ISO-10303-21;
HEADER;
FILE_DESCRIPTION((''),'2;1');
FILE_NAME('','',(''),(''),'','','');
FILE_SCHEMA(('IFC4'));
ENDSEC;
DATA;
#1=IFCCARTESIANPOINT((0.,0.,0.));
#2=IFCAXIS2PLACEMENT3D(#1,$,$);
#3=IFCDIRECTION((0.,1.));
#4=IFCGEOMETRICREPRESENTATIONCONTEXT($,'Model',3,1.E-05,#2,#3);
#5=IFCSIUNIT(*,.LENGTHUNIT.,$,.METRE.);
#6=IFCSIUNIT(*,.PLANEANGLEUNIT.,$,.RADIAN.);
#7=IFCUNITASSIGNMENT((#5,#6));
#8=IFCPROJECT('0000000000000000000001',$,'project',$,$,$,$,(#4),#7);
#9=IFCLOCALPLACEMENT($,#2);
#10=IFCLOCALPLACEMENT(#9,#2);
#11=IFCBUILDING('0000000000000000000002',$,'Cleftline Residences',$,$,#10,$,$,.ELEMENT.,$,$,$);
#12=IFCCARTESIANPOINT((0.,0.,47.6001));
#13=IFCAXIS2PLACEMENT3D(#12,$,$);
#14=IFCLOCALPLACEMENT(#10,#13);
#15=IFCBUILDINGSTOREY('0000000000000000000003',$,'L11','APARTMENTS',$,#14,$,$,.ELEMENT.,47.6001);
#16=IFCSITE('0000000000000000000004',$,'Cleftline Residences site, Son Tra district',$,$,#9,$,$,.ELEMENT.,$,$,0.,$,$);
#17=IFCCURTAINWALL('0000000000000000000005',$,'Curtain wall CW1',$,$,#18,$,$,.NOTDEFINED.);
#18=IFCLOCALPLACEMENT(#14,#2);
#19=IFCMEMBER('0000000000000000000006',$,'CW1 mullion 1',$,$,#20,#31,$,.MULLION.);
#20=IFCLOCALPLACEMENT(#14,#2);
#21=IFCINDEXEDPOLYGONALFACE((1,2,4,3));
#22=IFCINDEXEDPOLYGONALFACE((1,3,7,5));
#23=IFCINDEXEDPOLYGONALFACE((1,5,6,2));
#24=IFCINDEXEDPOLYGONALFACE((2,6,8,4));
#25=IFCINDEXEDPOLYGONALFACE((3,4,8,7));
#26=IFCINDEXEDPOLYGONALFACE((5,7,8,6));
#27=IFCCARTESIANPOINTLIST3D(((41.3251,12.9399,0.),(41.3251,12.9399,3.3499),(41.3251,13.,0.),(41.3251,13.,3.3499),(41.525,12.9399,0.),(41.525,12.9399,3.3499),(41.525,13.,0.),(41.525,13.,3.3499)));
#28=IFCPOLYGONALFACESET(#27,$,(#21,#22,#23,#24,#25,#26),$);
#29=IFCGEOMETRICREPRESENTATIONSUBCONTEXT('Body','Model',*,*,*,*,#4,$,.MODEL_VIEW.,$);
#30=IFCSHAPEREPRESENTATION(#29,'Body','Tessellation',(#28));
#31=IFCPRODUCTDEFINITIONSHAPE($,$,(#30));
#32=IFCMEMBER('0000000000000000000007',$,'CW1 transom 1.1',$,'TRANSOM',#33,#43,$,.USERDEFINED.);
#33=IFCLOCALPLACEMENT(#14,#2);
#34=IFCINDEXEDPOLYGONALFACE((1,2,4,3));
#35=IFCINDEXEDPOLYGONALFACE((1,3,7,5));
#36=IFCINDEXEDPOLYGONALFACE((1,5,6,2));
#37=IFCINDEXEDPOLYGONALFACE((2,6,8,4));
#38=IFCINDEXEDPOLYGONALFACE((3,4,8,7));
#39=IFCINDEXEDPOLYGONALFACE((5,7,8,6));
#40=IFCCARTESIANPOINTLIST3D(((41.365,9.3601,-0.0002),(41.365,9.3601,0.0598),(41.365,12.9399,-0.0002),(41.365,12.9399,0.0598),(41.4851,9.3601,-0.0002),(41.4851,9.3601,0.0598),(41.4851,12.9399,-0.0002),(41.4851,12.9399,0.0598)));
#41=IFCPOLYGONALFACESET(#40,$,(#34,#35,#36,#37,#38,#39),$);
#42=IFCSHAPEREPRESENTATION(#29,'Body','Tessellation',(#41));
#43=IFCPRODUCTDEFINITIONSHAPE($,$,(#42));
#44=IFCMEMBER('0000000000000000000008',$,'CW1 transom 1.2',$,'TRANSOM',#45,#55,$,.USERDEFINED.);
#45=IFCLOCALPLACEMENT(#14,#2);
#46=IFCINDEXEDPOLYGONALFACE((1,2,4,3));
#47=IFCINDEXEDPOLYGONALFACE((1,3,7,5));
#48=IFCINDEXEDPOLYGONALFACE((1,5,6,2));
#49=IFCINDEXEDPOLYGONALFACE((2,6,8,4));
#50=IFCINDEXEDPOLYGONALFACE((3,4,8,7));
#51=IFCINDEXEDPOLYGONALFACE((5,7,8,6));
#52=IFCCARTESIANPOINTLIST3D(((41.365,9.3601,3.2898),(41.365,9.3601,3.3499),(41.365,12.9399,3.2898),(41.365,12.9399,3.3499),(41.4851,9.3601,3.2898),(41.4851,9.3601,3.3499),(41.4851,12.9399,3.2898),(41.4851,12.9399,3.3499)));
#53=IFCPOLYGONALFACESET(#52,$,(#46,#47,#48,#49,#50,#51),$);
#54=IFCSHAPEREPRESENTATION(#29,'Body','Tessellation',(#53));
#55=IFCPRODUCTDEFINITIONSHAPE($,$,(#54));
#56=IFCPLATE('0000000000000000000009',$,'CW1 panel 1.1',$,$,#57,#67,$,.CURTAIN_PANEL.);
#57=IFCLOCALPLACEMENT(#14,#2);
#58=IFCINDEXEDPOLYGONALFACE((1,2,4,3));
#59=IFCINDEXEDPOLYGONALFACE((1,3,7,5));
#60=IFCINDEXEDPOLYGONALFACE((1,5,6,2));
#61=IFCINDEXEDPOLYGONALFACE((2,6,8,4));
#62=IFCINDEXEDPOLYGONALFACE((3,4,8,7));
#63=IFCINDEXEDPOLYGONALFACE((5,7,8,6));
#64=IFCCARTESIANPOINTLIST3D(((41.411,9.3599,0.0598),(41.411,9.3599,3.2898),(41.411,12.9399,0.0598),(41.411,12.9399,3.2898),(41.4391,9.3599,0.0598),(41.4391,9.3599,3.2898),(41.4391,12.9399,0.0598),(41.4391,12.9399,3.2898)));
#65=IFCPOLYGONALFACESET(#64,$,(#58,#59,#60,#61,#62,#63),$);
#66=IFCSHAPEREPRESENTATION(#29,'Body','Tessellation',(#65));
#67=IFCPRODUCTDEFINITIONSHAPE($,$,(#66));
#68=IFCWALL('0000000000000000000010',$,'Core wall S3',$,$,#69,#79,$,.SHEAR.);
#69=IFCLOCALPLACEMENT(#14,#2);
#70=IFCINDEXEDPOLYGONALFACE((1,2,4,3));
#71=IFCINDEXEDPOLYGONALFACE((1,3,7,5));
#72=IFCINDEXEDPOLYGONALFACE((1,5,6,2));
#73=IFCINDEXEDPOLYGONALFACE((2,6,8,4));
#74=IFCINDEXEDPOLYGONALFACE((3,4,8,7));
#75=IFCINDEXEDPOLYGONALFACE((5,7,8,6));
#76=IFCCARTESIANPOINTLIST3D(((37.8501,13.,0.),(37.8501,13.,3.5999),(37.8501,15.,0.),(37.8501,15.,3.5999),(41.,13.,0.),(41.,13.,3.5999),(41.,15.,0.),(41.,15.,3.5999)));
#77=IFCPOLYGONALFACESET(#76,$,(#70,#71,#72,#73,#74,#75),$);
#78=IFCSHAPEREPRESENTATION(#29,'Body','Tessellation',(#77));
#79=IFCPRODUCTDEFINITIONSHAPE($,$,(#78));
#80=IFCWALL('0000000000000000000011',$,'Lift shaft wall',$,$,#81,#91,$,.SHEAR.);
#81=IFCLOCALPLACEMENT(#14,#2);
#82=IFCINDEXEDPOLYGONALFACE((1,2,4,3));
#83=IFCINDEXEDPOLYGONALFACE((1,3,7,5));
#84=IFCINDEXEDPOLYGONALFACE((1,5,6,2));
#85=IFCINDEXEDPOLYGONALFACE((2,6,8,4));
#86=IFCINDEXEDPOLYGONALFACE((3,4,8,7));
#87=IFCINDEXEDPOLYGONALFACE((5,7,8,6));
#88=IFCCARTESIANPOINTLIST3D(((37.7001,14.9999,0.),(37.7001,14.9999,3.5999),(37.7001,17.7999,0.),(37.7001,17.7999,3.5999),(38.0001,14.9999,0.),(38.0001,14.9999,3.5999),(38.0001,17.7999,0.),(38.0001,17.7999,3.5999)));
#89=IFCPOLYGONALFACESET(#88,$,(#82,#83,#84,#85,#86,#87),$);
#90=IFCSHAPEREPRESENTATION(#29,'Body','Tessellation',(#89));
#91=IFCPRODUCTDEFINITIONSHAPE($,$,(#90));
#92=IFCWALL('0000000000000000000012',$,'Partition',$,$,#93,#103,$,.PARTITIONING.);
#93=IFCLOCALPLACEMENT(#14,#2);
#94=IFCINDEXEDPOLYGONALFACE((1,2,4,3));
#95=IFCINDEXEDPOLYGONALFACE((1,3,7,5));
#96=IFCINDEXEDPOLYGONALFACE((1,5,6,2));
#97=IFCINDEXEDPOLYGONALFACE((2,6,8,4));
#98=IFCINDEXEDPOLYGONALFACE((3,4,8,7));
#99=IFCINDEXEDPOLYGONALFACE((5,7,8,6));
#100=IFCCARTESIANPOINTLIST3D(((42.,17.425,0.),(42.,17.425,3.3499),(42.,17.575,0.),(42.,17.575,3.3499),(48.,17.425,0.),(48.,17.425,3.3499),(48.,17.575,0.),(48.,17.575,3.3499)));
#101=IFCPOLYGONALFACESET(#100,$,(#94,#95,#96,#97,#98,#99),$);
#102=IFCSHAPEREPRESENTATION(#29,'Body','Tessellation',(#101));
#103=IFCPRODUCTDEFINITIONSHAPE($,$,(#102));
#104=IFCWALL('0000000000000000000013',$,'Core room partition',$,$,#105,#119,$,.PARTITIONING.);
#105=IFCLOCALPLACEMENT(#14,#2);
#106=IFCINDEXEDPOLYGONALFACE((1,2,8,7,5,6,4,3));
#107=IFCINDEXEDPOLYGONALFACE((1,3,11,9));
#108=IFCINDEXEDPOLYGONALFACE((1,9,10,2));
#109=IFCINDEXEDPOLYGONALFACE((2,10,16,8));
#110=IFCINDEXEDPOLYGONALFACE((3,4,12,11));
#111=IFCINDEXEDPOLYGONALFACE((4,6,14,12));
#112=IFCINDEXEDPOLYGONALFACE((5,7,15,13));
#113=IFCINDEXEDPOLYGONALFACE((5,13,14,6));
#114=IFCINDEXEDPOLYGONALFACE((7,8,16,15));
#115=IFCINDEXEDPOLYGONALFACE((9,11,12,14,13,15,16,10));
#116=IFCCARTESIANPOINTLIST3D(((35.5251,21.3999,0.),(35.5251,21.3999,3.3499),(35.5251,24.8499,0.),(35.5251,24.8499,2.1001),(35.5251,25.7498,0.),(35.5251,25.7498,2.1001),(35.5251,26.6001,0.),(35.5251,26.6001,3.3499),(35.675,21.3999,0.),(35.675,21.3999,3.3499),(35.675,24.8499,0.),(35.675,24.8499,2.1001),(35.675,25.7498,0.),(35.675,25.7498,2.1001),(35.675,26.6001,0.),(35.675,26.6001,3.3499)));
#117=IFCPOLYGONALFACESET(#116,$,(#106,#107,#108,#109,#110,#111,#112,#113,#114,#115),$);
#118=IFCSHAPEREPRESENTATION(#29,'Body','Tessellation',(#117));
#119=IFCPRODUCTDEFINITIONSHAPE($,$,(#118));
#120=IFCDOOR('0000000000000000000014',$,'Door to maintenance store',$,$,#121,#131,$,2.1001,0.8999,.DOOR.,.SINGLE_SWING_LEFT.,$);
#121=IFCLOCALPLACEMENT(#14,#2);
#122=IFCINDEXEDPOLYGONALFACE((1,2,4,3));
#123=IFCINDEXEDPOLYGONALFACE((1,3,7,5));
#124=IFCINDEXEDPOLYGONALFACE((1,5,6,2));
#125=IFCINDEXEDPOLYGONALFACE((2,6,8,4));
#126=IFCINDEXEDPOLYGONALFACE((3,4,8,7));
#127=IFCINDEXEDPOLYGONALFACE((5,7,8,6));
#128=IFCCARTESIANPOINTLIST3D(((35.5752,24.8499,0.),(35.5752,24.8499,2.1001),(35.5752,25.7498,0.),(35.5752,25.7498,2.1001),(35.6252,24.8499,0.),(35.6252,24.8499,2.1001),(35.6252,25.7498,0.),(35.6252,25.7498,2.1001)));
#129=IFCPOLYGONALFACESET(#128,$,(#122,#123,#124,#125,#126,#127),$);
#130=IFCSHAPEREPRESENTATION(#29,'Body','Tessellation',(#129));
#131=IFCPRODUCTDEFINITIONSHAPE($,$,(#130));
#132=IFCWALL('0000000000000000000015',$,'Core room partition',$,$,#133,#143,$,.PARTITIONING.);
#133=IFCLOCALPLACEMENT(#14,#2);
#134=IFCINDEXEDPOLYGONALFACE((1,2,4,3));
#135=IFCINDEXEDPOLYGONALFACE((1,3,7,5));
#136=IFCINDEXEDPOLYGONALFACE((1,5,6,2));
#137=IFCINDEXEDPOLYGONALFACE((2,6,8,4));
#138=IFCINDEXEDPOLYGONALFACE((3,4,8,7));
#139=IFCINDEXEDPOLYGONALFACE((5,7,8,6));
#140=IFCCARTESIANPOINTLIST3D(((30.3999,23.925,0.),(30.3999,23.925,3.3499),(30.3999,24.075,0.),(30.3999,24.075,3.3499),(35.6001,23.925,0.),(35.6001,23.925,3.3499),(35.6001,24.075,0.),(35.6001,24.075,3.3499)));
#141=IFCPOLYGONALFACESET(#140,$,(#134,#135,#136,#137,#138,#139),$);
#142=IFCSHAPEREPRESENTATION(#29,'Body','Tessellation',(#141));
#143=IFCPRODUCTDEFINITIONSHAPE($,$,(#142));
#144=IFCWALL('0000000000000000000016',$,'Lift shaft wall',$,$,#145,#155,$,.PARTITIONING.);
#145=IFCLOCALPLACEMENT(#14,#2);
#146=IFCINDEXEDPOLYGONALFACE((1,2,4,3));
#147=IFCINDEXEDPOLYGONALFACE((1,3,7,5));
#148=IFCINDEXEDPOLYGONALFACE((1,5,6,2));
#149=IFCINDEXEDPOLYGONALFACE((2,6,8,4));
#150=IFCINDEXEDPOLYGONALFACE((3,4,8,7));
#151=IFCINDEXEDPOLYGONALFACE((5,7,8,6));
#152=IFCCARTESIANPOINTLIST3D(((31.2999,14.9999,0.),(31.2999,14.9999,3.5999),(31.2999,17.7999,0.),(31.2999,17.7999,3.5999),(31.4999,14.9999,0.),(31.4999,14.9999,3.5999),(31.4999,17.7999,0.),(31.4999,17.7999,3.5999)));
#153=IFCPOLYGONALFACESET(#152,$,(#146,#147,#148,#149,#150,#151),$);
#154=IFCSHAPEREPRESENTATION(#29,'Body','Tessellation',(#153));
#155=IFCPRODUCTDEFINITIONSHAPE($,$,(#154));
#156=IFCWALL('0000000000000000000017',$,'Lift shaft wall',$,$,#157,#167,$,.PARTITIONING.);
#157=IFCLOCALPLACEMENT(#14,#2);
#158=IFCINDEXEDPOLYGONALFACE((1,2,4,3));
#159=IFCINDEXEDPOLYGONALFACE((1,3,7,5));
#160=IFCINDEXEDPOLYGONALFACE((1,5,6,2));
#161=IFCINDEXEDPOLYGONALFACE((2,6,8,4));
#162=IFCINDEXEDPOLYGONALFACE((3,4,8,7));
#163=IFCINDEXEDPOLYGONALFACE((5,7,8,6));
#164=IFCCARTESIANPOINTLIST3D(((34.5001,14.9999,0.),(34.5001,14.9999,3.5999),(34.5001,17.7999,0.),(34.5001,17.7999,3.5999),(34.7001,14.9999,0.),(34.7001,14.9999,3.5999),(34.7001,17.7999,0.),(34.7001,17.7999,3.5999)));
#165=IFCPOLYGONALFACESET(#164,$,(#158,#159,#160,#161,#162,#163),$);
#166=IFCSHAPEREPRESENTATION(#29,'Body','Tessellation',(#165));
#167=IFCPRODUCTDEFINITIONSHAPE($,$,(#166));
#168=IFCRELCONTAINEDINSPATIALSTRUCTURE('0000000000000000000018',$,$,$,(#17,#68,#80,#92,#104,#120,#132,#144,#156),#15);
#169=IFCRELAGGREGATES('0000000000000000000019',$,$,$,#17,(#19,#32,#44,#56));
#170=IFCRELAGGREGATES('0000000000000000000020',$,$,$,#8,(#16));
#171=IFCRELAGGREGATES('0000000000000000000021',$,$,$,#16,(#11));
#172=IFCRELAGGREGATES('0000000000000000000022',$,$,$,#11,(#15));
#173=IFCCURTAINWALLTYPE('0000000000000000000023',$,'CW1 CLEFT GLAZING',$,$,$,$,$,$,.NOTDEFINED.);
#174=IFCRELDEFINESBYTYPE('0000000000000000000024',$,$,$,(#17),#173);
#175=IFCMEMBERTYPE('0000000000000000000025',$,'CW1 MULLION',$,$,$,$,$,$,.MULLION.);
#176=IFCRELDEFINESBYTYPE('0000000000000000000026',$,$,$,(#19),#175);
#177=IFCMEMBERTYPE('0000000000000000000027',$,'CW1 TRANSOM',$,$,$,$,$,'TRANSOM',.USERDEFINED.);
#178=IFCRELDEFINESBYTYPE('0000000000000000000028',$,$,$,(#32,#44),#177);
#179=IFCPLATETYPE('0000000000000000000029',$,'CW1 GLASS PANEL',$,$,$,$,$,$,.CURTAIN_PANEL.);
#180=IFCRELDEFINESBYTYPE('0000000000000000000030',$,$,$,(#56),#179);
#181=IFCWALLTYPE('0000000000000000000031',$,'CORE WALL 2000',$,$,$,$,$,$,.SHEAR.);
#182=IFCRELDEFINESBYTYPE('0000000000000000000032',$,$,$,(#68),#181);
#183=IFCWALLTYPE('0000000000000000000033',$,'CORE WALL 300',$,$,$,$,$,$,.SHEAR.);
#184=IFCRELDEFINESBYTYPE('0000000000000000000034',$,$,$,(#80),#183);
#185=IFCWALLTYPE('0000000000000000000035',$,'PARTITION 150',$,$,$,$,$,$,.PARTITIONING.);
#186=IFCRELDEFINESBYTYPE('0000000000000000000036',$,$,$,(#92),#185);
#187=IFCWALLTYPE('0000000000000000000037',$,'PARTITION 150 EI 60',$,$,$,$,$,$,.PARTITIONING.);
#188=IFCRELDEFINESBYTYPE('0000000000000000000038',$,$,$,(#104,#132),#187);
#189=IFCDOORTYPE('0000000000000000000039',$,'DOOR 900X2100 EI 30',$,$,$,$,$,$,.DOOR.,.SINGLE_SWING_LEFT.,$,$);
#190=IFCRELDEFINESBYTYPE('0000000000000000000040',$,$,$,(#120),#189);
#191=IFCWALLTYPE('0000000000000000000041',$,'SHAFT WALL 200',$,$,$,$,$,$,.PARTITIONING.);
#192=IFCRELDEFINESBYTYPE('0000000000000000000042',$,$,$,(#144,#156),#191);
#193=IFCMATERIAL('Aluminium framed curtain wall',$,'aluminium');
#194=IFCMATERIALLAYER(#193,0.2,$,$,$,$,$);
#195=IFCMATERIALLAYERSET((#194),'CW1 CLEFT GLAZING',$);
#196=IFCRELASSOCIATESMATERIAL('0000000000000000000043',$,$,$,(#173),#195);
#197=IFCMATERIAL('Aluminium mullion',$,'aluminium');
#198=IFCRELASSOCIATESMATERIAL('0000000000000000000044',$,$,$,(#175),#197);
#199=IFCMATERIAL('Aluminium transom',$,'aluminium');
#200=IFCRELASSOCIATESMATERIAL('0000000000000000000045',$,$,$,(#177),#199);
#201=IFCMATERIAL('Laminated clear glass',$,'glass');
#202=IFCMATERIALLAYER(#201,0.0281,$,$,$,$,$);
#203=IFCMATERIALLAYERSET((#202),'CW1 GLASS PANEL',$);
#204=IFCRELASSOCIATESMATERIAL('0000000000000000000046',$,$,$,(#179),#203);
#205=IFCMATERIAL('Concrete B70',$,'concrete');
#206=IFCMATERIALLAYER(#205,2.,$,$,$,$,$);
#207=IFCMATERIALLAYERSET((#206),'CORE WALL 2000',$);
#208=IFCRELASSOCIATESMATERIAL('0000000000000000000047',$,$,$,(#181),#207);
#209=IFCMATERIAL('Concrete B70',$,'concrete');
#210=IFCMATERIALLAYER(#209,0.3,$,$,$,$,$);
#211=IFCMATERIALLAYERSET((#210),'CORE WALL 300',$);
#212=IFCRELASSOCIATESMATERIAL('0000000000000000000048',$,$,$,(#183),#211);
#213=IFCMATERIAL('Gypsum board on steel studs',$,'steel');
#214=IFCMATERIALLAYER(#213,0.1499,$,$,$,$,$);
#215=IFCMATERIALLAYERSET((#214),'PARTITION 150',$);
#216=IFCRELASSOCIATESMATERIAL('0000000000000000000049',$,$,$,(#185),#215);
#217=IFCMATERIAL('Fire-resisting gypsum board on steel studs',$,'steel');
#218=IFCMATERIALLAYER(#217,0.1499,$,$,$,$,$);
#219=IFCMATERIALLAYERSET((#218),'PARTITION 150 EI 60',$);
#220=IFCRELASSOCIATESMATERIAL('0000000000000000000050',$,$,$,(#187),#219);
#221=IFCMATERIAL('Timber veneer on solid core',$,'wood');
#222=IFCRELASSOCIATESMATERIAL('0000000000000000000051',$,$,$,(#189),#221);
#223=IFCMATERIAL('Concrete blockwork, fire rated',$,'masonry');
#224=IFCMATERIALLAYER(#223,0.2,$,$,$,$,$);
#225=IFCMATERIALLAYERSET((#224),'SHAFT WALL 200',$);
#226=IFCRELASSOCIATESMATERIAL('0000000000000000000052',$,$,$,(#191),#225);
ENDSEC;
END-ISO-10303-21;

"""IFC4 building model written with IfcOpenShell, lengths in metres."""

from ifc_helpers import new_model, si_unit, direction, frame, frame_2d, origin, origin_2d, place, context, subcontext, project, spatial, rectangle, extrude, material, layer, layer_set, material_profile, profile_set, type_object, element, fill, aggregate, save


model = new_model("IFC4")

# Units and contexts
model_context = context("Model", 3, precision=1e-05, world=origin(), true_north=direction((0.0, 1.0)))
body_context = subcontext(model_context, "Body", "Model", "MODEL_VIEW")
ifc_project = project(units=[si_unit("LENGTHUNIT", "METRE"), si_unit("PLANEANGLEUNIT", "RADIAN")], contexts=[model_context])

# Site, building, storey
site_placement = place(None, origin())
site = spatial("IfcSite", under=ifc_project, at=site_placement, Name="Cleftline Residences site, Son Tra district", CompositionType="ELEMENT", RefElevation=0.0)
building_placement = place(site_placement, origin())
building = spatial("IfcBuilding", under=site, at=building_placement, Name="Cleftline Residences", CompositionType="ELEMENT")
storey_placement = place(building_placement, frame((0.0, 0.0, 47.6001)))
storey = spatial("IfcBuildingStorey", under=building, at=storey_placement, Name="L11", Description="APARTMENTS", CompositionType="ELEMENT", Elevation=47.6001)

# Curtain wall, members, plate
ifc_material_1 = material(Name="Aluminium framed curtain wall", Category="aluminium")
ifc_layer_1 = layer(ifc_material_1, 0.2)
ifc_layer_set_1 = layer_set([ifc_layer_1], Name="CW1 CLEFT GLAZING")
curtain_wall_type = type_object("IfcCurtainWallType", Name="CW1 CLEFT GLAZING", PredefinedType="NOTDEFINED", material=ifc_layer_set_1)
curtain_wall_placement = place(storey_placement, origin())
curtain_wall = element("IfcCurtainWall", 1, at=curtain_wall_placement, inside=storey, type_object=curtain_wall_type, Name="Curtain wall CW1", PredefinedType="NOTDEFINED")
ifc_material_2 = material(Name="Aluminium mullion", Category="aluminium")
ifc_material_profile_1 = material_profile(ifc_material_2, rectangle(XDim=0.2, YDim=0.0601, at=origin_2d()))
ifc_profile_set_1 = profile_set([ifc_material_profile_1], Name="Aluminium mullion")
member_type_1 = type_object("IfcMemberType", Name="CW1 MULLION", PredefinedType="MULLION", material=ifc_profile_set_1)
member_1_placement = place(storey_placement, frame((41.425, 12.97, 0.0), z_axis=(0.0, 0.0, 1.0), x_axis=(1.0, 0.0, 0.0)))
member_1 = element("IfcMember", 2, at=member_1_placement, type_object=member_type_1, Name="CW1 mullion 1", PredefinedType="MULLION", context=body_context, shape_type="SweptSolid", body=[
    extrude(rectangle(XDim=0.2, YDim=0.0601, at=origin_2d()), origin(), (0.0, 0.0, 1.0), 3.3499),
])
ifc_material_3 = material(Name="Aluminium transom", Category="aluminium")
ifc_material_profile_2 = material_profile(ifc_material_3, rectangle(XDim=0.1201, YDim=0.0601, at=origin_2d()))
ifc_profile_set_2 = profile_set([ifc_material_profile_2], Name="Aluminium transom")
member_type_2 = type_object("IfcMemberType", Name="CW1 TRANSOM", ElementType="TRANSOM", PredefinedType="USERDEFINED", material=ifc_profile_set_2)
member_2_placement = place(storey_placement, frame((41.425, 12.9399, 0.0298), z_axis=(0.0, -1.0, 0.0), x_axis=(1.0, 0.0, 0.0)))
member_2 = element("IfcMember", 3, at=member_2_placement, type_object=member_type_2, Name="CW1 transom 1.1", ObjectType="TRANSOM", PredefinedType="USERDEFINED", context=body_context, shape_type="SweptSolid", body=[
    extrude(rectangle(XDim=0.1201, YDim=0.0601, at=origin_2d()), origin(), (0.0, 0.0, 1.0), 3.5798),
])
member_3_placement = place(storey_placement, frame((41.425, 12.9399, 3.3198), z_axis=(0.0, -1.0, 0.0), x_axis=(1.0, 0.0, 0.0)))
member_3 = element("IfcMember", 4, at=member_3_placement, type_object=member_type_2, Name="CW1 transom 1.2", ObjectType="TRANSOM", PredefinedType="USERDEFINED", context=body_context, shape_type="SweptSolid", body=[
    extrude(rectangle(XDim=0.1201, YDim=0.0601, at=origin_2d()), origin(), (0.0, 0.0, 1.0), 3.5798),
])
ifc_material_4 = material(Name="Laminated clear glass", Category="glass")
ifc_layer_2 = layer(ifc_material_4, 0.0281)
ifc_layer_set_2 = layer_set([ifc_layer_2], Name="CW1 GLASS PANEL")
plate_type = type_object("IfcPlateType", Name="CW1 GLASS PANEL", PredefinedType="CURTAIN_PANEL", material=ifc_layer_set_2)
plate_placement = place(storey_placement, frame((41.425, 11.1499, 0.0598), z_axis=(0.0, 0.0, 1.0), x_axis=(0.0, -1.0, 0.0)))
plate = element("IfcPlate", 5, at=plate_placement, type_object=plate_type, Name="CW1 panel 1.1", PredefinedType="CURTAIN_PANEL", context=body_context, shape_type="SweptSolid", body=[
    extrude(rectangle(XDim=3.5801, YDim=0.0281, at=origin_2d()), origin(), (0.0, 0.0, 1.0), 3.23),
])
aggregate(curtain_wall, [member_1, member_2, member_3, plate])

# Walls
ifc_material_5 = material(Name="Concrete B70", Category="concrete")
ifc_layer_3 = layer(ifc_material_5, 2.0)
ifc_layer_set_3 = layer_set([ifc_layer_3], Name="CORE WALL 2000")
wall_type_1 = type_object("IfcWallType", Name="CORE WALL 2000", PredefinedType="SHEAR", material=ifc_layer_set_3)
wall_1_placement = place(storey_placement, frame((37.8501, 14.0, 0.0), z_axis=(0.0, 0.0, 1.0), x_axis=(1.0, 0.0, 0.0)))
element("IfcWall", 6, at=wall_1_placement, inside=storey, type_object=wall_type_1, Name="Core wall S3", PredefinedType="SHEAR", context=body_context, shape_type="SweptSolid", body=[
    extrude(rectangle(XDim=3.1499, YDim=2.0, at=frame_2d((1.575, 0.0))), origin(), (0.0, 0.0, 1.0), 3.5999),
])
ifc_material_6 = material(Name="Concrete B70", Category="concrete")
ifc_layer_4 = layer(ifc_material_6, 0.3)
ifc_layer_set_4 = layer_set([ifc_layer_4], Name="CORE WALL 300")
wall_type_2 = type_object("IfcWallType", Name="CORE WALL 300", PredefinedType="SHEAR", material=ifc_layer_set_4)
wall_2_placement = place(storey_placement, frame((37.8501, 15.0, 0.0), z_axis=(0.0, 0.0, 1.0), x_axis=(0.0, 1.0, 0.0)))
element("IfcWall", 7, at=wall_2_placement, inside=storey, type_object=wall_type_2, Name="Lift shaft wall", PredefinedType="SHEAR", context=body_context, shape_type="SweptSolid", body=[
    extrude(rectangle(XDim=2.8, YDim=0.3, at=frame_2d((1.3999, 0.0))), origin(), (0.0, 0.0, 1.0), 3.5999),
])
ifc_material_7 = material(Name="Gypsum board on steel studs", Category="steel")
ifc_layer_5 = layer(ifc_material_7, 0.1499)
ifc_layer_set_5 = layer_set([ifc_layer_5], Name="PARTITION 150")
wall_type_3 = type_object("IfcWallType", Name="PARTITION 150", PredefinedType="PARTITIONING", material=ifc_layer_set_5)
wall_3_placement = place(storey_placement, frame((42.0, 17.5, 0.0), z_axis=(0.0, 0.0, 1.0), x_axis=(1.0, 0.0, 0.0)))
element("IfcWall", 8, at=wall_3_placement, inside=storey, type_object=wall_type_3, Name="Partition", PredefinedType="PARTITIONING", context=body_context, shape_type="SweptSolid", body=[
    extrude(rectangle(XDim=6.0, YDim=0.1499, at=frame_2d((3.0, 0.0))), origin(), (0.0, 0.0, 1.0), 3.3499),
])

# Wall, opening, door
ifc_material_8 = material(Name="Fire-resisting gypsum board on steel studs", Category="steel")
ifc_layer_6 = layer(ifc_material_8, 0.1499)
ifc_layer_set_6 = layer_set([ifc_layer_6], Name="PARTITION 150 EI 60")
wall_type_4 = type_object("IfcWallType", Name="PARTITION 150 EI 60", PredefinedType="PARTITIONING", material=ifc_layer_set_6)
wall_4_placement = place(storey_placement, frame((35.6001, 21.3999, 0.0), z_axis=(0.0, 0.0, 1.0), x_axis=(0.0, 1.0, 0.0)))
wall_4 = element("IfcWall", 9, at=wall_4_placement, inside=storey, type_object=wall_type_4, Name="Core room partition", PredefinedType="PARTITIONING", context=body_context, shape_type="SweptSolid", body=[
    extrude(rectangle(XDim=5.2002, YDim=0.1499, at=frame_2d((2.6001, 0.0))), origin(), (0.0, 0.0, 1.0), 3.3499),
])
opening_1_placement = place(wall_4_placement, frame((3.45, 0.0, 0.0)))
opening_1 = element("IfcOpeningElement", 10, at=opening_1_placement, cuts=wall_4, PredefinedType="OPENING", context=body_context, shape_type="SweptSolid", body=[
    extrude(rectangle(XDim=0.8999, YDim=2.1001, at=frame_2d((0.45, 1.05))), frame((0.0, 0.085, 0.0), z_axis=(0.0, -1.0, 0.0), x_axis=(1.0, 0.0, 0.0)), (0.0, 0.0, 1.0), 0.1699),
])
ifc_material_9 = material(Name="Timber veneer on solid core", Category="wood")
door_type_1 = type_object("IfcDoorType", Name="DOOR 900X2100 EI 30", OperationType="SINGLE_SWING_LEFT", PredefinedType="DOOR", material=ifc_material_9)
door_1_placement = place(opening_1_placement, origin())
door_1 = element("IfcDoor", 11, at=door_1_placement, inside=storey, type_object=door_type_1, Name="Door to maintenance store", OperationType="SINGLE_SWING_LEFT", OverallHeight=2.1001, OverallWidth=0.8999, PredefinedType="DOOR", context=body_context, shape_type="SweptSolid", body=[
    extrude(rectangle(XDim=0.8999, YDim=2.1001, at=frame_2d((0.45, 1.05))), frame((0.0, 0.0249, 0.0), z_axis=(0.0, -1.0, 0.0), x_axis=(1.0, 0.0, 0.0)), (0.0, 0.0, 1.0), 0.05),
])
fill(opening_1, door_1)

# Walls
wall_5_placement = place(storey_placement, frame((30.3999, 24.0, 0.0), z_axis=(0.0, 0.0, 1.0), x_axis=(1.0, 0.0, 0.0)))
element("IfcWall", 12, at=wall_5_placement, inside=storey, type_object=wall_type_4, Name="Core room partition", PredefinedType="PARTITIONING", context=body_context, shape_type="SweptSolid", body=[
    extrude(rectangle(XDim=5.2002, YDim=0.1499, at=frame_2d((2.6001, 0.0))), origin(), (0.0, 0.0, 1.0), 3.3499),
])
ifc_material_10 = material(Name="Concrete blockwork, fire rated", Category="masonry")
ifc_layer_7 = layer(ifc_material_10, 0.2)
ifc_layer_set_7 = layer_set([ifc_layer_7], Name="SHAFT WALL 200")
wall_type_5 = type_object("IfcWallType", Name="SHAFT WALL 200", PredefinedType="PARTITIONING", material=ifc_layer_set_7)
for number, where, z_axis, x_axis, name in (
    (13, (31.3999, 15.0, 0.0), (0.0, 0.0, 1.0), (0.0, 1.0, 0.0), "Lift shaft wall"),
    (14, (34.6001, 15.0, 0.0), (0.0, 0.0, 1.0), (0.0, 1.0, 0.0), "Lift shaft wall"),
):
    element("IfcWall", number, at=place(storey_placement, frame(where, z_axis=z_axis, x_axis=x_axis)), inside=storey, type_object=wall_type_5, Name=name, PredefinedType="PARTITIONING", context=body_context, shape_type="SweptSolid", body=[
        extrude(rectangle(XDim=2.8, YDim=0.2, at=frame_2d((1.3999, 0.0))), origin(), (0.0, 0.0, 1.0), 3.5999),
    ])

save(model, "model.ifc")
